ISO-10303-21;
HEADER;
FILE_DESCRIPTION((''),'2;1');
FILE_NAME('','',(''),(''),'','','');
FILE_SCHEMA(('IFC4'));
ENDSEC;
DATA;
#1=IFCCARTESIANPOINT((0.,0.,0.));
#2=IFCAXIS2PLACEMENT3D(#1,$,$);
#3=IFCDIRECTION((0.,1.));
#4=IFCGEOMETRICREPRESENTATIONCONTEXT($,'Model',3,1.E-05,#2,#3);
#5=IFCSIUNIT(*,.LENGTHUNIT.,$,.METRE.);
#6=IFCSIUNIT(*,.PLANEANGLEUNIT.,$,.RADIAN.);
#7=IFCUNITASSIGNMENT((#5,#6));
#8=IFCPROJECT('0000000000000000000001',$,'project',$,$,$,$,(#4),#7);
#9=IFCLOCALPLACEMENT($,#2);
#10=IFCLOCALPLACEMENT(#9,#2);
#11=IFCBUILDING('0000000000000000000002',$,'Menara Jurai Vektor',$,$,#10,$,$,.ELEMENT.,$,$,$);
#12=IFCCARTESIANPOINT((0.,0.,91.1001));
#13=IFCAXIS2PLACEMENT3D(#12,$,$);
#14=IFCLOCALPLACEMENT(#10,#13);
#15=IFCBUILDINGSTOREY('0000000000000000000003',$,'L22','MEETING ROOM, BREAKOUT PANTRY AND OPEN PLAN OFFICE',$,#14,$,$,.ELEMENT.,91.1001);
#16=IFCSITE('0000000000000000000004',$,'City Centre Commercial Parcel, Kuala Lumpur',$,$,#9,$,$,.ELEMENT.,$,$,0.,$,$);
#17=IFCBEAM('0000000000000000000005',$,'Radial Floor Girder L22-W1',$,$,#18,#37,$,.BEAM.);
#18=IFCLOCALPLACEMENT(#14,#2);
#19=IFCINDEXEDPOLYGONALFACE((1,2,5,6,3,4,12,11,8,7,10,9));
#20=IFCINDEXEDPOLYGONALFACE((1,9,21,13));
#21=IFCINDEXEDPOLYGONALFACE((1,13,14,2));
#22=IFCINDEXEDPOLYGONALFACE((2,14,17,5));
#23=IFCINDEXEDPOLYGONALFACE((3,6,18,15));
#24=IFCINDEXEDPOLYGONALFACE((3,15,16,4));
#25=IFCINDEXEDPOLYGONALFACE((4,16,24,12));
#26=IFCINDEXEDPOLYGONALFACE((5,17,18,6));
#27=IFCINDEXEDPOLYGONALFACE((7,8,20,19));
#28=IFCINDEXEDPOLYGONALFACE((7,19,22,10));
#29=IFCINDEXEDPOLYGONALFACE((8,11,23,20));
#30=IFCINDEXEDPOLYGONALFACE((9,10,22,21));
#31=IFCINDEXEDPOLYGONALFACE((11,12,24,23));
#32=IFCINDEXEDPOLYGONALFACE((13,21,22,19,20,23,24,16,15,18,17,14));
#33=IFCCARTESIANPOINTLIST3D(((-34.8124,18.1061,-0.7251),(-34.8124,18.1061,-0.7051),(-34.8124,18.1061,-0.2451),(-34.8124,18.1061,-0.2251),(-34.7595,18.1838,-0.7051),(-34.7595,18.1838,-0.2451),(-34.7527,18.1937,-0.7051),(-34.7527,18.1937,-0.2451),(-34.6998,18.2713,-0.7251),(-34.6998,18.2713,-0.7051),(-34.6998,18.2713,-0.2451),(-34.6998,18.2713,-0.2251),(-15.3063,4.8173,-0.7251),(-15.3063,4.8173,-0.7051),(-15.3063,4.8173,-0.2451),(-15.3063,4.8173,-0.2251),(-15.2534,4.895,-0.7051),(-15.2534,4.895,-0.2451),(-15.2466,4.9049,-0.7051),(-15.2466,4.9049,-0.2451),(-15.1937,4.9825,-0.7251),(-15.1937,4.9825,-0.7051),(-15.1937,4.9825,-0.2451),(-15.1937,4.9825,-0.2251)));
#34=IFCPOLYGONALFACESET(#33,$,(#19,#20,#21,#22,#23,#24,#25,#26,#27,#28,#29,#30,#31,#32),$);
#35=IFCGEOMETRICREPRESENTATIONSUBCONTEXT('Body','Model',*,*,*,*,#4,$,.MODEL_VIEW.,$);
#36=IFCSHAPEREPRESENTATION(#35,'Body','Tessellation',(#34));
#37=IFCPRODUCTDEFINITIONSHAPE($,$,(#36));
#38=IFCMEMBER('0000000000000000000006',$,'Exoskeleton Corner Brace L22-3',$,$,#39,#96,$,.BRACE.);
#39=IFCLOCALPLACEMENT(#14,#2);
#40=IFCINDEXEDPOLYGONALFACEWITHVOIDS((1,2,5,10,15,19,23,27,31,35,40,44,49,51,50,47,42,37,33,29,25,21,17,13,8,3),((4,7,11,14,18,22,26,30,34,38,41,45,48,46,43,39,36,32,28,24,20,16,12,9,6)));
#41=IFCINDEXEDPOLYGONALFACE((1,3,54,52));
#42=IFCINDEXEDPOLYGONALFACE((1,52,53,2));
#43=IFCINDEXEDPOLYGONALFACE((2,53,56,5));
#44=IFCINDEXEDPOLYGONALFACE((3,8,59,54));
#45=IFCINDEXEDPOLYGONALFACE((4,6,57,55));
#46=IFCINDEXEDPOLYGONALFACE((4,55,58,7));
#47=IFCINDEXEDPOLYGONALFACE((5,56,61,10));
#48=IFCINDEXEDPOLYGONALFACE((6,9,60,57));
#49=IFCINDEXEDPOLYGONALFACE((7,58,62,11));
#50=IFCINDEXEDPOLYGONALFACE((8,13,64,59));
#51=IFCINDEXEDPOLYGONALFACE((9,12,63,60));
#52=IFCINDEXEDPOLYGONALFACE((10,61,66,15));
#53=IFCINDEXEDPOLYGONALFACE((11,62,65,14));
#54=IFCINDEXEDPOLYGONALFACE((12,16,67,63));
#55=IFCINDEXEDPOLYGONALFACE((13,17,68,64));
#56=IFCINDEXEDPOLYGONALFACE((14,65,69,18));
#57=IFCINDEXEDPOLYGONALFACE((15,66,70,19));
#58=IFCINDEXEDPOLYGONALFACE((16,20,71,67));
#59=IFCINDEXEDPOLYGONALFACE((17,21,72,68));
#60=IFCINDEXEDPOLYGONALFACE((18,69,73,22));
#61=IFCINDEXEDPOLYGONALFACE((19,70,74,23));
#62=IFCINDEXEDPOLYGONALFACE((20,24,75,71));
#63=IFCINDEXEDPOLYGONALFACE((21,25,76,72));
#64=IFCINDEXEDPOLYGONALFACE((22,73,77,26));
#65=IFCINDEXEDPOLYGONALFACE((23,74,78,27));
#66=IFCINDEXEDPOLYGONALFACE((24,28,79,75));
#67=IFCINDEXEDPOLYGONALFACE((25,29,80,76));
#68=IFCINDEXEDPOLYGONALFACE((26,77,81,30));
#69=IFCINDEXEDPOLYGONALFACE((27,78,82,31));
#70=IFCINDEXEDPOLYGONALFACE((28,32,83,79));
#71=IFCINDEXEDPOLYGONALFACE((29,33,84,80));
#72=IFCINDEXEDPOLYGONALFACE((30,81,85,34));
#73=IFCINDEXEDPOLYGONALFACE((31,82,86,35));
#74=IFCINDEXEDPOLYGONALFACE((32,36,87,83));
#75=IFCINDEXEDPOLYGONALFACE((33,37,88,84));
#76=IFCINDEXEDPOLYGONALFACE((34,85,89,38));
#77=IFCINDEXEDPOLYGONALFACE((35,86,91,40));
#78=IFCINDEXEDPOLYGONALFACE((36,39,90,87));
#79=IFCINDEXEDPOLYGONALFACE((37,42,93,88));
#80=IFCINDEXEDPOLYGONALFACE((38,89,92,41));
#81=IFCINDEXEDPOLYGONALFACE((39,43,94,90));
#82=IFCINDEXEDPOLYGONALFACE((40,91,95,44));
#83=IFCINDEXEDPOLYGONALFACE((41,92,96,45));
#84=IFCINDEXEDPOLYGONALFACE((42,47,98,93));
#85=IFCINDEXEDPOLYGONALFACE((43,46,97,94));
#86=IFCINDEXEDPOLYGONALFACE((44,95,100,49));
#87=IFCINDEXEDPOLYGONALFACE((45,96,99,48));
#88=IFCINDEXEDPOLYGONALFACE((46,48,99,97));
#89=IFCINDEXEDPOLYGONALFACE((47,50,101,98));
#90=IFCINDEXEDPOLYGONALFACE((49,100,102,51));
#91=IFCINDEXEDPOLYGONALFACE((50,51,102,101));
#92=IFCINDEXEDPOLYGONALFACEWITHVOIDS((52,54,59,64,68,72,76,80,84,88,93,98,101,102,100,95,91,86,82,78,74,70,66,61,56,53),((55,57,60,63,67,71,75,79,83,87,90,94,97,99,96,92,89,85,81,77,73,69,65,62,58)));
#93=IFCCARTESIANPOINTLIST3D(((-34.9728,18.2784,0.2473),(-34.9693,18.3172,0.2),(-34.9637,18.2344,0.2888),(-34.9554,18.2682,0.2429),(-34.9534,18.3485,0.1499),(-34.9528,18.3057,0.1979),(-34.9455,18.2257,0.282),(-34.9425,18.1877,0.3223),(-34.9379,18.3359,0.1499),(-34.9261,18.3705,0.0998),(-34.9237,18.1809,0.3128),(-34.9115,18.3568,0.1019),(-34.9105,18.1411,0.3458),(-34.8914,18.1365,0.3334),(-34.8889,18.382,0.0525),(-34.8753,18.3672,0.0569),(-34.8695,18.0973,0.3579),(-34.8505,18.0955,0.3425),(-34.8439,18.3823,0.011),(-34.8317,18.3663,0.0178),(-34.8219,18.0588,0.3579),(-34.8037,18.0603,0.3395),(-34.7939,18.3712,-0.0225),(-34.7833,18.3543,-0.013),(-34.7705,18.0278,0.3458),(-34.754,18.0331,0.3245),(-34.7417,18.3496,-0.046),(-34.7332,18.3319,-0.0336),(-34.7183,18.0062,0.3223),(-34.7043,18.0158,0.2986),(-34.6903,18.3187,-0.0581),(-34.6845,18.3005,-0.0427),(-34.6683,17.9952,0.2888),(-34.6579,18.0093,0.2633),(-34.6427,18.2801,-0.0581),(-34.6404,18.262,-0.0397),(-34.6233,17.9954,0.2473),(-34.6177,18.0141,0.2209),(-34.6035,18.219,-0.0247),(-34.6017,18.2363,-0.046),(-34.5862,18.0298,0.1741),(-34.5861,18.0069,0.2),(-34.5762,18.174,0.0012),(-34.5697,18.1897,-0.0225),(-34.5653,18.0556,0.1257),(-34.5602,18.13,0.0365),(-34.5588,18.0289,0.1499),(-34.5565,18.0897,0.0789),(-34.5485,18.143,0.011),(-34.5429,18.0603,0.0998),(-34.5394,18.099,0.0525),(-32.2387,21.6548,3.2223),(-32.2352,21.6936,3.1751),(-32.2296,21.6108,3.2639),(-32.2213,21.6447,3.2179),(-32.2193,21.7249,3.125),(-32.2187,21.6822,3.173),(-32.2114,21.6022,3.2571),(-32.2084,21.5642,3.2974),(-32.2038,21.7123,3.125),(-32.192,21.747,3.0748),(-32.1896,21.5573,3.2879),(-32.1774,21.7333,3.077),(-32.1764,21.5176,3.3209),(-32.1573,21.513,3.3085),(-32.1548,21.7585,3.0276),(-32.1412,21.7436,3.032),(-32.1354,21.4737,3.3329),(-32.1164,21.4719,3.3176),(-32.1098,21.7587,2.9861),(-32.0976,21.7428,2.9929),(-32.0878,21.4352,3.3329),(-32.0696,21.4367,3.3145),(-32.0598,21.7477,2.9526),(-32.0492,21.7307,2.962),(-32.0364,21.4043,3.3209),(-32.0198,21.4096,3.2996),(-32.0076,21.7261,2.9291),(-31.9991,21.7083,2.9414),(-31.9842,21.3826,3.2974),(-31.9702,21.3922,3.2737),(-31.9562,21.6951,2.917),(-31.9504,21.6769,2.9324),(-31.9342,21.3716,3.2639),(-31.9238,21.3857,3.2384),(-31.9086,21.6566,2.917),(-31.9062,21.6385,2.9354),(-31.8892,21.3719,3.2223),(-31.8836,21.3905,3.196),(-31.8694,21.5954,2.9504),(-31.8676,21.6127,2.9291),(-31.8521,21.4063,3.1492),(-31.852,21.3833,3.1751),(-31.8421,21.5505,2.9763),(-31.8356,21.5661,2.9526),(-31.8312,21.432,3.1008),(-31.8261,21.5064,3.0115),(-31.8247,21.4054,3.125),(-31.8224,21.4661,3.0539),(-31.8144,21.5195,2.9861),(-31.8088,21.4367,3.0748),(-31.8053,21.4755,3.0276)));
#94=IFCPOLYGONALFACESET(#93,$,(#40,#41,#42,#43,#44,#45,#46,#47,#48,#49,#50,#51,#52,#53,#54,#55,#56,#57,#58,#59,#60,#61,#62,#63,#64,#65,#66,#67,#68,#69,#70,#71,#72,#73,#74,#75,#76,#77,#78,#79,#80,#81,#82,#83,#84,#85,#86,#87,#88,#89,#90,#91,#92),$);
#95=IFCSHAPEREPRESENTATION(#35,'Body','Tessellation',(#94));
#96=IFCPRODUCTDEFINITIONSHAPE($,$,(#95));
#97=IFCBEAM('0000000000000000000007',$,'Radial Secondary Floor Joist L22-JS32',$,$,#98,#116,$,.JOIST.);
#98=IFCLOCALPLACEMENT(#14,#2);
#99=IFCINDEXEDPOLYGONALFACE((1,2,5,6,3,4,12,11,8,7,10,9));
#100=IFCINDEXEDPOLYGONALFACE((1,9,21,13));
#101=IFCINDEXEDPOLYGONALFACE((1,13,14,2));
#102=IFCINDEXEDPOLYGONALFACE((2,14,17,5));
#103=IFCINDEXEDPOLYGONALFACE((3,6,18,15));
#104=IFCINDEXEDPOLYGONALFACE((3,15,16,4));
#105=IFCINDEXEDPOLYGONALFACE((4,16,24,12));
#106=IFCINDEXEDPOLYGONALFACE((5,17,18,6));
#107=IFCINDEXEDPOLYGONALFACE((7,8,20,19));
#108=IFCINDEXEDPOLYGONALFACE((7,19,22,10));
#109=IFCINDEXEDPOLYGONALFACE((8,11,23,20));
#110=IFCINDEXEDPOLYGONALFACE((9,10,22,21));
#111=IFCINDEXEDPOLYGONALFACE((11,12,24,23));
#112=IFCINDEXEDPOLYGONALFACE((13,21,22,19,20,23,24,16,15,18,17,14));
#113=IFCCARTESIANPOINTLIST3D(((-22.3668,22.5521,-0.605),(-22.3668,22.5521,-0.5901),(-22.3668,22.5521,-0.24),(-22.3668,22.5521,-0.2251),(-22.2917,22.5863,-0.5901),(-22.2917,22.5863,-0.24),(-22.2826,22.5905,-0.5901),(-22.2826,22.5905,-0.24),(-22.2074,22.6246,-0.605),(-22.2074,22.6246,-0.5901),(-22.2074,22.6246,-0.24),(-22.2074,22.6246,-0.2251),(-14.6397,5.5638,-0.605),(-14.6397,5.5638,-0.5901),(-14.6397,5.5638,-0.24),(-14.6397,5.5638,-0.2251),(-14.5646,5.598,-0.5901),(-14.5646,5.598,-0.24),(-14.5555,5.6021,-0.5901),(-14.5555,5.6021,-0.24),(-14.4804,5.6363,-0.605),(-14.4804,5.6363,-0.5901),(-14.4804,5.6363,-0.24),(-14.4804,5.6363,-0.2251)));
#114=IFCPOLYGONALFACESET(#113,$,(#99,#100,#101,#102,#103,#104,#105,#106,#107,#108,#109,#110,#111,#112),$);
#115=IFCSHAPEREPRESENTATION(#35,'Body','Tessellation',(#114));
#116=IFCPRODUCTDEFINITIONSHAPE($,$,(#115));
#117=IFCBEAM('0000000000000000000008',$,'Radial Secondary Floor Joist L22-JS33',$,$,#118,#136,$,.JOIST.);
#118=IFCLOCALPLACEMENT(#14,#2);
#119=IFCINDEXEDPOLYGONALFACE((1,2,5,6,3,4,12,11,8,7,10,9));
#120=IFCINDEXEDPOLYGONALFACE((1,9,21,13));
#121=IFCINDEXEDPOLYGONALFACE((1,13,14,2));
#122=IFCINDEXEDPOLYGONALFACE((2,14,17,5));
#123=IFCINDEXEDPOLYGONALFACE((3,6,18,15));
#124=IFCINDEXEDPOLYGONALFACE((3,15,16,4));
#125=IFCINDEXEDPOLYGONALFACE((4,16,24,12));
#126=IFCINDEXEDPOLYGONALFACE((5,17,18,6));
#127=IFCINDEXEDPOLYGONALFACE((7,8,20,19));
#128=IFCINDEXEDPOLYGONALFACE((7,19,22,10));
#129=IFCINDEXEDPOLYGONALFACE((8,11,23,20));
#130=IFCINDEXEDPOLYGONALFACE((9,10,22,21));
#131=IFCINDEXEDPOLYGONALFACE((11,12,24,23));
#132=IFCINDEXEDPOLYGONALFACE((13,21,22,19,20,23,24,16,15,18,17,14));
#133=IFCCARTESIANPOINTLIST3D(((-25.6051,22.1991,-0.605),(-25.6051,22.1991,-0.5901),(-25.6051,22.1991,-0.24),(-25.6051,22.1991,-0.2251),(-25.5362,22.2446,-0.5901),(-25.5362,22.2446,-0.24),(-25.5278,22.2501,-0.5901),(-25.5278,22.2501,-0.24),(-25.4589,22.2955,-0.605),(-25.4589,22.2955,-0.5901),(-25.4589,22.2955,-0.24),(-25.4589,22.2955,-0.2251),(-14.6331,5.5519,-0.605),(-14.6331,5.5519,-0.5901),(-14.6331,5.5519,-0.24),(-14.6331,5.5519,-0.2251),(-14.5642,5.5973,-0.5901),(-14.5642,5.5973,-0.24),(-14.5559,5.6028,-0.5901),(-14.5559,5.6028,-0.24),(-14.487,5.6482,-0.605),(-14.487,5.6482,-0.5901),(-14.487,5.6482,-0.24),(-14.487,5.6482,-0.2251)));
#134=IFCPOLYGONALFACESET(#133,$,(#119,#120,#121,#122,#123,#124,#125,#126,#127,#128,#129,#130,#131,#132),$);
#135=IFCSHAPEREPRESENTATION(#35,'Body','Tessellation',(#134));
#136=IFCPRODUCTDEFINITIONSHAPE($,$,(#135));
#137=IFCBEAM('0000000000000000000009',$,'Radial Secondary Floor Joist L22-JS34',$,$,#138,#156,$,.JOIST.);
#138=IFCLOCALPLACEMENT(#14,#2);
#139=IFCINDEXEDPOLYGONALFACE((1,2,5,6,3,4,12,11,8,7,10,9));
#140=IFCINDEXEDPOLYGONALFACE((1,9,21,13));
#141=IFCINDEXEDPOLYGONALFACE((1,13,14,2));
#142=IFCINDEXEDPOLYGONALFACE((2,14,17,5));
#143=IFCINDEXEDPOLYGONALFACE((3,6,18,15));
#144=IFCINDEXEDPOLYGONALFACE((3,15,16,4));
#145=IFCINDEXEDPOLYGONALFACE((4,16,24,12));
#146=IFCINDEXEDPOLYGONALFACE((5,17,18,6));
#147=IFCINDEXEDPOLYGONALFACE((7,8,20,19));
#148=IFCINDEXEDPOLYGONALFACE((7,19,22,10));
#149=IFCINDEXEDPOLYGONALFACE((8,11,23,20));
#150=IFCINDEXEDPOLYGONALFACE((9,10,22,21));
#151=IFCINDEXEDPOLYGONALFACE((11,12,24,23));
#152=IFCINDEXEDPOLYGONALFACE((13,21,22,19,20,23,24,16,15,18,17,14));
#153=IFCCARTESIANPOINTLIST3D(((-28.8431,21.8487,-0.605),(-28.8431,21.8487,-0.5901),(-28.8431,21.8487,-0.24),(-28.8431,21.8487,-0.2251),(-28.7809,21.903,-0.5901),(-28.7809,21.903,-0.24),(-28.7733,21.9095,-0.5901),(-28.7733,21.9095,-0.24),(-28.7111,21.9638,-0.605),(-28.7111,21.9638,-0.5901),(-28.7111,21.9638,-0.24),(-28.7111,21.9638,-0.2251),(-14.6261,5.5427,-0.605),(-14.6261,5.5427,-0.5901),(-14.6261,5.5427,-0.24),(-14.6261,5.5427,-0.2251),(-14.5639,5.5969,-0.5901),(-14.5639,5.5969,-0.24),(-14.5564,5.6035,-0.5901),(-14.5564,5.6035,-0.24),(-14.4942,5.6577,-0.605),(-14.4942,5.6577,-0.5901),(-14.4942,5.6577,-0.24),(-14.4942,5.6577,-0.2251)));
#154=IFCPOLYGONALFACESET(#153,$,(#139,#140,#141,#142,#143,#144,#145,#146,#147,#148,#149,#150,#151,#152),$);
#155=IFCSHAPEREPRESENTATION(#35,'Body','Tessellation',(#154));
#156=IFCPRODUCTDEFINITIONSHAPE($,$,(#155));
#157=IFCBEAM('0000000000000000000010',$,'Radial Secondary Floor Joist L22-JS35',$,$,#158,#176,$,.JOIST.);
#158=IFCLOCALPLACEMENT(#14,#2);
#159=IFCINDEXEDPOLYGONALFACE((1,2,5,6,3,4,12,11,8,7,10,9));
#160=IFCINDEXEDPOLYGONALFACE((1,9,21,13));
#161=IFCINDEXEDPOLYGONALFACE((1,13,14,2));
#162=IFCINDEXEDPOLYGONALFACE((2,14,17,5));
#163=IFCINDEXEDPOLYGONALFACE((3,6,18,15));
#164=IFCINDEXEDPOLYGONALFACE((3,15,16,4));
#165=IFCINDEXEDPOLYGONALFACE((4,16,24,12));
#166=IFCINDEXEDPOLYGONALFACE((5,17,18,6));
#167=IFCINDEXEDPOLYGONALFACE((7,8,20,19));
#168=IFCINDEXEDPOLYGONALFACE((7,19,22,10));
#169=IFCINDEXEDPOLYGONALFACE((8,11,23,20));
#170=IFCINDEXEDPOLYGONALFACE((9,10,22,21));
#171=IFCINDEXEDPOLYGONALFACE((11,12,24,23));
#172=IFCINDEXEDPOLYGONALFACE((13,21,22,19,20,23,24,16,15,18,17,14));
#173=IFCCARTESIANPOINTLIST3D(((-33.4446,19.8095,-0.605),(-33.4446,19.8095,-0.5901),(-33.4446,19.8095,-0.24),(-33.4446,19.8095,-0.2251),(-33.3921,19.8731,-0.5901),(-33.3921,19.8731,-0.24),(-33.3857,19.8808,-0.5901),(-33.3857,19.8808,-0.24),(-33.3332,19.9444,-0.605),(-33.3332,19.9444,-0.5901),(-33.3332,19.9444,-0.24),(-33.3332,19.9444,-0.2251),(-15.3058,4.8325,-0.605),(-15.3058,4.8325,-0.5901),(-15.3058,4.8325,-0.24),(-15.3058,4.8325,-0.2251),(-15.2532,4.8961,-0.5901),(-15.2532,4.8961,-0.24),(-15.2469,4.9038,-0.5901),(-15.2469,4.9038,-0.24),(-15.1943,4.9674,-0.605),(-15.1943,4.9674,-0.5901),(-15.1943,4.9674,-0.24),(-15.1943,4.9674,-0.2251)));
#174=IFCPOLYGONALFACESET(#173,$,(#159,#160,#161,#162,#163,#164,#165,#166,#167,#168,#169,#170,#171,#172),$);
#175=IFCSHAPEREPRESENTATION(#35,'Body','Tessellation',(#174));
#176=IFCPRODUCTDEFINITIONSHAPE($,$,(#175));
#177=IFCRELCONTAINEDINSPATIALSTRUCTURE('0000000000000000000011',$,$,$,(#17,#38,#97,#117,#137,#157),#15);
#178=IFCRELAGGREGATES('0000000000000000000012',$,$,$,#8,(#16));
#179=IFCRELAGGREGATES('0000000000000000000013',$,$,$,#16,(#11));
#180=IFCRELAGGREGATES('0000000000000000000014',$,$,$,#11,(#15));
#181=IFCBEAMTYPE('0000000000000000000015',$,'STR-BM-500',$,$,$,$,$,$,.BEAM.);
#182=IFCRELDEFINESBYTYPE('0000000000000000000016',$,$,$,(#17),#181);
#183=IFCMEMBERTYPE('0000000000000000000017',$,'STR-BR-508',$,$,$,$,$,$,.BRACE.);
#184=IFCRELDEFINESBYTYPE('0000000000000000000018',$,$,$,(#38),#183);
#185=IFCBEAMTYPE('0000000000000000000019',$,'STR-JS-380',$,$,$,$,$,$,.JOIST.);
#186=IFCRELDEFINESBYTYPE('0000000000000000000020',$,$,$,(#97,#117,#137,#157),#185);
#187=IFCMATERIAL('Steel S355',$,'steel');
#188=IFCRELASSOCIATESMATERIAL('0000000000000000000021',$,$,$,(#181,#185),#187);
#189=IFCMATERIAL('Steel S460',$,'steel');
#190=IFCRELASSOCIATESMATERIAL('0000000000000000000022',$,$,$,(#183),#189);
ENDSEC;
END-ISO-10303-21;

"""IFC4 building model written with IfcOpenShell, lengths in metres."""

from ifc_helpers import new_model, si_unit, direction, frame, origin, origin_2d, place, context, subcontext, project, spatial, hollow_circle, i_section, extrude, material, material_profile, profile_set, type_object, element, save


model = new_model("IFC4")

# Units and contexts
model_context = context("Model", 3, precision=1e-05, world=origin(), true_north=direction((0.0, 1.0)))
body_context = subcontext(model_context, "Body", "Model", "MODEL_VIEW")
ifc_project = project(units=[si_unit("LENGTHUNIT", "METRE"), si_unit("PLANEANGLEUNIT", "RADIAN")], contexts=[model_context])

# Site, building, storey
site_placement = place(None, origin())
site = spatial("IfcSite", under=ifc_project, at=site_placement, Name="City Centre Commercial Parcel, Kuala Lumpur", CompositionType="ELEMENT", RefElevation=0.0)
building_placement = place(site_placement, origin())
building = spatial("IfcBuilding", under=site, at=building_placement, Name="Menara Jurai Vektor", CompositionType="ELEMENT")
storey_placement = place(building_placement, frame((0.0, 0.0, 91.1001)))
storey = spatial("IfcBuildingStorey", under=building, at=storey_placement, Name="L22", Description="MEETING ROOM, BREAKOUT PANTRY AND OPEN PLAN OFFICE", CompositionType="ELEMENT", Elevation=91.1001)

# Shared definitions
ifc_material_1 = material(Name="Steel S460", Category="steel")

# Beam
ifc_material_2 = material(Name="Steel S355", Category="steel")
ifc_material_profile_1 = material_profile(ifc_material_2, i_section(OverallWidth=0.2, OverallDepth=0.5, WebThickness=0.012, FlangeThickness=0.02, at=origin_2d()), Name="PG 500x200x96")
ifc_profile_set_1 = profile_set([ifc_material_profile_1], Name="Steel S355")
beam_type_1 = type_object("IfcBeamType", Name="STR-BM-500", PredefinedType="BEAM", material=ifc_profile_set_1)
beam_1_placement = place(storey_placement, frame((-34.7561, 18.1887, -0.4751), z_axis=(0.82644, -0.563024, 0.0), x_axis=(0.563024, 0.82644, 0.0)))
element("IfcBeam", 1, at=beam_1_placement, inside=storey, type_object=beam_type_1, Name="Radial Floor Girder L22-W1", PredefinedType="BEAM", context=body_context, shape_type="SweptSolid", body=[
    extrude(i_section(OverallWidth=0.2, OverallDepth=0.5, WebThickness=0.012, FlangeThickness=0.02, at=origin_2d()), origin(), (0.0, 0.0, 1.0), 23.6025),
])

# Member
ifc_material_profile_2 = material_profile(ifc_material_1, hollow_circle(Radius=0.2539, WallThickness=0.02, at=origin_2d()), Name="CHS 508x20")
ifc_profile_set_2 = profile_set([ifc_material_profile_2], Name="Steel S460")
member_type_1 = type_object("IfcMemberType", Name="STR-BR-508", PredefinedType="BRACE", material=ifc_profile_set_2)
member_1_placement = place(storey_placement, frame((-34.7561, 18.1887, 0.1499), z_axis=(0.519238, 0.641223, 0.565), x_axis=(-0.777155, 0.62931, 0.0)))
element("IfcMember", 2, at=member_1_placement, inside=storey, type_object=member_type_1, Name="Exoskeleton Corner Brace L22-3", PredefinedType="BRACE", context=body_context, shape_type="SweptSolid", body=[
    extrude(hollow_circle(Radius=0.2539, WallThickness=0.02, at=origin_2d()), origin(), (0.0, 0.0, 1.0), 5.2656),
])

# Beams
ifc_material_profile_3 = material_profile(ifc_material_2, i_section(OverallWidth=0.175, OverallDepth=0.3799, WebThickness=0.01, FlangeThickness=0.0149, at=origin_2d()), Name="PG 380x175x58")
ifc_profile_set_3 = profile_set([ifc_material_profile_3], Name="Steel S355")
beam_type_2 = type_object("IfcBeamType", Name="STR-JS-380", PredefinedType="JOIST", material=ifc_profile_set_3)
beam_2_placement = place(storey_placement, frame((-22.2871, 22.5884, -0.415), z_axis=(0.41403, -0.910263, 0.0), x_axis=(0.910263, 0.41403, 0.0)))
element("IfcBeam", 3, at=beam_2_placement, inside=storey, type_object=beam_type_2, Name="Radial Secondary Floor Joist L22-JS32", PredefinedType="JOIST", context=body_context, shape_type="SweptSolid", body=[
    extrude(i_section(OverallWidth=0.175, OverallDepth=0.3799, WebThickness=0.01, FlangeThickness=0.0149, at=origin_2d()), origin(), (0.0, 0.0, 1.0), 18.6631),
])
beam_3_placement = place(storey_placement, frame((-25.532, 22.2473, -0.415), z_axis=(0.55031, -0.834961, 0.0), x_axis=(0.834961, 0.55031, 0.0)))
element("IfcBeam", 4, at=beam_3_placement, inside=storey, type_object=beam_type_2, Name="Radial Secondary Floor Joist L22-JS33", PredefinedType="JOIST", context=body_context, shape_type="SweptSolid", body=[
    extrude(i_section(OverallWidth=0.175, OverallDepth=0.3799, WebThickness=0.01, FlangeThickness=0.0149, at=origin_2d()), origin(), (0.0, 0.0, 1.0), 19.9377),
])
beam_4_placement = place(storey_placement, frame((-28.7771, 21.9062, -0.415), z_axis=(0.657173, -0.75374, 0.0), x_axis=(0.75374, 0.657173, 0.0)))
element("IfcBeam", 5, at=beam_4_placement, inside=storey, type_object=beam_type_2, Name="Radial Secondary Floor Joist L22-JS34", PredefinedType="JOIST", context=body_context, shape_type="SweptSolid", body=[
    extrude(i_section(OverallWidth=0.175, OverallDepth=0.3799, WebThickness=0.01, FlangeThickness=0.0149, at=origin_2d()), origin(), (0.0, 0.0, 1.0), 21.6335),
])
beam_5_placement = place(storey_placement, frame((-33.3889, 19.877, -0.415), z_axis=(0.771114, -0.636698, 0.0), x_axis=(0.636698, 0.771114, 0.0)))
element("IfcBeam", 6, at=beam_5_placement, inside=storey, type_object=beam_type_2, Name="Radial Secondary Floor Joist L22-JS35", PredefinedType="JOIST", context=body_context, shape_type="SweptSolid", body=[
    extrude(i_section(OverallWidth=0.175, OverallDepth=0.3799, WebThickness=0.01, FlangeThickness=0.0149, at=origin_2d()), origin(), (0.0, 0.0, 1.0), 23.5229),
])

save(model, "model.ifc")
